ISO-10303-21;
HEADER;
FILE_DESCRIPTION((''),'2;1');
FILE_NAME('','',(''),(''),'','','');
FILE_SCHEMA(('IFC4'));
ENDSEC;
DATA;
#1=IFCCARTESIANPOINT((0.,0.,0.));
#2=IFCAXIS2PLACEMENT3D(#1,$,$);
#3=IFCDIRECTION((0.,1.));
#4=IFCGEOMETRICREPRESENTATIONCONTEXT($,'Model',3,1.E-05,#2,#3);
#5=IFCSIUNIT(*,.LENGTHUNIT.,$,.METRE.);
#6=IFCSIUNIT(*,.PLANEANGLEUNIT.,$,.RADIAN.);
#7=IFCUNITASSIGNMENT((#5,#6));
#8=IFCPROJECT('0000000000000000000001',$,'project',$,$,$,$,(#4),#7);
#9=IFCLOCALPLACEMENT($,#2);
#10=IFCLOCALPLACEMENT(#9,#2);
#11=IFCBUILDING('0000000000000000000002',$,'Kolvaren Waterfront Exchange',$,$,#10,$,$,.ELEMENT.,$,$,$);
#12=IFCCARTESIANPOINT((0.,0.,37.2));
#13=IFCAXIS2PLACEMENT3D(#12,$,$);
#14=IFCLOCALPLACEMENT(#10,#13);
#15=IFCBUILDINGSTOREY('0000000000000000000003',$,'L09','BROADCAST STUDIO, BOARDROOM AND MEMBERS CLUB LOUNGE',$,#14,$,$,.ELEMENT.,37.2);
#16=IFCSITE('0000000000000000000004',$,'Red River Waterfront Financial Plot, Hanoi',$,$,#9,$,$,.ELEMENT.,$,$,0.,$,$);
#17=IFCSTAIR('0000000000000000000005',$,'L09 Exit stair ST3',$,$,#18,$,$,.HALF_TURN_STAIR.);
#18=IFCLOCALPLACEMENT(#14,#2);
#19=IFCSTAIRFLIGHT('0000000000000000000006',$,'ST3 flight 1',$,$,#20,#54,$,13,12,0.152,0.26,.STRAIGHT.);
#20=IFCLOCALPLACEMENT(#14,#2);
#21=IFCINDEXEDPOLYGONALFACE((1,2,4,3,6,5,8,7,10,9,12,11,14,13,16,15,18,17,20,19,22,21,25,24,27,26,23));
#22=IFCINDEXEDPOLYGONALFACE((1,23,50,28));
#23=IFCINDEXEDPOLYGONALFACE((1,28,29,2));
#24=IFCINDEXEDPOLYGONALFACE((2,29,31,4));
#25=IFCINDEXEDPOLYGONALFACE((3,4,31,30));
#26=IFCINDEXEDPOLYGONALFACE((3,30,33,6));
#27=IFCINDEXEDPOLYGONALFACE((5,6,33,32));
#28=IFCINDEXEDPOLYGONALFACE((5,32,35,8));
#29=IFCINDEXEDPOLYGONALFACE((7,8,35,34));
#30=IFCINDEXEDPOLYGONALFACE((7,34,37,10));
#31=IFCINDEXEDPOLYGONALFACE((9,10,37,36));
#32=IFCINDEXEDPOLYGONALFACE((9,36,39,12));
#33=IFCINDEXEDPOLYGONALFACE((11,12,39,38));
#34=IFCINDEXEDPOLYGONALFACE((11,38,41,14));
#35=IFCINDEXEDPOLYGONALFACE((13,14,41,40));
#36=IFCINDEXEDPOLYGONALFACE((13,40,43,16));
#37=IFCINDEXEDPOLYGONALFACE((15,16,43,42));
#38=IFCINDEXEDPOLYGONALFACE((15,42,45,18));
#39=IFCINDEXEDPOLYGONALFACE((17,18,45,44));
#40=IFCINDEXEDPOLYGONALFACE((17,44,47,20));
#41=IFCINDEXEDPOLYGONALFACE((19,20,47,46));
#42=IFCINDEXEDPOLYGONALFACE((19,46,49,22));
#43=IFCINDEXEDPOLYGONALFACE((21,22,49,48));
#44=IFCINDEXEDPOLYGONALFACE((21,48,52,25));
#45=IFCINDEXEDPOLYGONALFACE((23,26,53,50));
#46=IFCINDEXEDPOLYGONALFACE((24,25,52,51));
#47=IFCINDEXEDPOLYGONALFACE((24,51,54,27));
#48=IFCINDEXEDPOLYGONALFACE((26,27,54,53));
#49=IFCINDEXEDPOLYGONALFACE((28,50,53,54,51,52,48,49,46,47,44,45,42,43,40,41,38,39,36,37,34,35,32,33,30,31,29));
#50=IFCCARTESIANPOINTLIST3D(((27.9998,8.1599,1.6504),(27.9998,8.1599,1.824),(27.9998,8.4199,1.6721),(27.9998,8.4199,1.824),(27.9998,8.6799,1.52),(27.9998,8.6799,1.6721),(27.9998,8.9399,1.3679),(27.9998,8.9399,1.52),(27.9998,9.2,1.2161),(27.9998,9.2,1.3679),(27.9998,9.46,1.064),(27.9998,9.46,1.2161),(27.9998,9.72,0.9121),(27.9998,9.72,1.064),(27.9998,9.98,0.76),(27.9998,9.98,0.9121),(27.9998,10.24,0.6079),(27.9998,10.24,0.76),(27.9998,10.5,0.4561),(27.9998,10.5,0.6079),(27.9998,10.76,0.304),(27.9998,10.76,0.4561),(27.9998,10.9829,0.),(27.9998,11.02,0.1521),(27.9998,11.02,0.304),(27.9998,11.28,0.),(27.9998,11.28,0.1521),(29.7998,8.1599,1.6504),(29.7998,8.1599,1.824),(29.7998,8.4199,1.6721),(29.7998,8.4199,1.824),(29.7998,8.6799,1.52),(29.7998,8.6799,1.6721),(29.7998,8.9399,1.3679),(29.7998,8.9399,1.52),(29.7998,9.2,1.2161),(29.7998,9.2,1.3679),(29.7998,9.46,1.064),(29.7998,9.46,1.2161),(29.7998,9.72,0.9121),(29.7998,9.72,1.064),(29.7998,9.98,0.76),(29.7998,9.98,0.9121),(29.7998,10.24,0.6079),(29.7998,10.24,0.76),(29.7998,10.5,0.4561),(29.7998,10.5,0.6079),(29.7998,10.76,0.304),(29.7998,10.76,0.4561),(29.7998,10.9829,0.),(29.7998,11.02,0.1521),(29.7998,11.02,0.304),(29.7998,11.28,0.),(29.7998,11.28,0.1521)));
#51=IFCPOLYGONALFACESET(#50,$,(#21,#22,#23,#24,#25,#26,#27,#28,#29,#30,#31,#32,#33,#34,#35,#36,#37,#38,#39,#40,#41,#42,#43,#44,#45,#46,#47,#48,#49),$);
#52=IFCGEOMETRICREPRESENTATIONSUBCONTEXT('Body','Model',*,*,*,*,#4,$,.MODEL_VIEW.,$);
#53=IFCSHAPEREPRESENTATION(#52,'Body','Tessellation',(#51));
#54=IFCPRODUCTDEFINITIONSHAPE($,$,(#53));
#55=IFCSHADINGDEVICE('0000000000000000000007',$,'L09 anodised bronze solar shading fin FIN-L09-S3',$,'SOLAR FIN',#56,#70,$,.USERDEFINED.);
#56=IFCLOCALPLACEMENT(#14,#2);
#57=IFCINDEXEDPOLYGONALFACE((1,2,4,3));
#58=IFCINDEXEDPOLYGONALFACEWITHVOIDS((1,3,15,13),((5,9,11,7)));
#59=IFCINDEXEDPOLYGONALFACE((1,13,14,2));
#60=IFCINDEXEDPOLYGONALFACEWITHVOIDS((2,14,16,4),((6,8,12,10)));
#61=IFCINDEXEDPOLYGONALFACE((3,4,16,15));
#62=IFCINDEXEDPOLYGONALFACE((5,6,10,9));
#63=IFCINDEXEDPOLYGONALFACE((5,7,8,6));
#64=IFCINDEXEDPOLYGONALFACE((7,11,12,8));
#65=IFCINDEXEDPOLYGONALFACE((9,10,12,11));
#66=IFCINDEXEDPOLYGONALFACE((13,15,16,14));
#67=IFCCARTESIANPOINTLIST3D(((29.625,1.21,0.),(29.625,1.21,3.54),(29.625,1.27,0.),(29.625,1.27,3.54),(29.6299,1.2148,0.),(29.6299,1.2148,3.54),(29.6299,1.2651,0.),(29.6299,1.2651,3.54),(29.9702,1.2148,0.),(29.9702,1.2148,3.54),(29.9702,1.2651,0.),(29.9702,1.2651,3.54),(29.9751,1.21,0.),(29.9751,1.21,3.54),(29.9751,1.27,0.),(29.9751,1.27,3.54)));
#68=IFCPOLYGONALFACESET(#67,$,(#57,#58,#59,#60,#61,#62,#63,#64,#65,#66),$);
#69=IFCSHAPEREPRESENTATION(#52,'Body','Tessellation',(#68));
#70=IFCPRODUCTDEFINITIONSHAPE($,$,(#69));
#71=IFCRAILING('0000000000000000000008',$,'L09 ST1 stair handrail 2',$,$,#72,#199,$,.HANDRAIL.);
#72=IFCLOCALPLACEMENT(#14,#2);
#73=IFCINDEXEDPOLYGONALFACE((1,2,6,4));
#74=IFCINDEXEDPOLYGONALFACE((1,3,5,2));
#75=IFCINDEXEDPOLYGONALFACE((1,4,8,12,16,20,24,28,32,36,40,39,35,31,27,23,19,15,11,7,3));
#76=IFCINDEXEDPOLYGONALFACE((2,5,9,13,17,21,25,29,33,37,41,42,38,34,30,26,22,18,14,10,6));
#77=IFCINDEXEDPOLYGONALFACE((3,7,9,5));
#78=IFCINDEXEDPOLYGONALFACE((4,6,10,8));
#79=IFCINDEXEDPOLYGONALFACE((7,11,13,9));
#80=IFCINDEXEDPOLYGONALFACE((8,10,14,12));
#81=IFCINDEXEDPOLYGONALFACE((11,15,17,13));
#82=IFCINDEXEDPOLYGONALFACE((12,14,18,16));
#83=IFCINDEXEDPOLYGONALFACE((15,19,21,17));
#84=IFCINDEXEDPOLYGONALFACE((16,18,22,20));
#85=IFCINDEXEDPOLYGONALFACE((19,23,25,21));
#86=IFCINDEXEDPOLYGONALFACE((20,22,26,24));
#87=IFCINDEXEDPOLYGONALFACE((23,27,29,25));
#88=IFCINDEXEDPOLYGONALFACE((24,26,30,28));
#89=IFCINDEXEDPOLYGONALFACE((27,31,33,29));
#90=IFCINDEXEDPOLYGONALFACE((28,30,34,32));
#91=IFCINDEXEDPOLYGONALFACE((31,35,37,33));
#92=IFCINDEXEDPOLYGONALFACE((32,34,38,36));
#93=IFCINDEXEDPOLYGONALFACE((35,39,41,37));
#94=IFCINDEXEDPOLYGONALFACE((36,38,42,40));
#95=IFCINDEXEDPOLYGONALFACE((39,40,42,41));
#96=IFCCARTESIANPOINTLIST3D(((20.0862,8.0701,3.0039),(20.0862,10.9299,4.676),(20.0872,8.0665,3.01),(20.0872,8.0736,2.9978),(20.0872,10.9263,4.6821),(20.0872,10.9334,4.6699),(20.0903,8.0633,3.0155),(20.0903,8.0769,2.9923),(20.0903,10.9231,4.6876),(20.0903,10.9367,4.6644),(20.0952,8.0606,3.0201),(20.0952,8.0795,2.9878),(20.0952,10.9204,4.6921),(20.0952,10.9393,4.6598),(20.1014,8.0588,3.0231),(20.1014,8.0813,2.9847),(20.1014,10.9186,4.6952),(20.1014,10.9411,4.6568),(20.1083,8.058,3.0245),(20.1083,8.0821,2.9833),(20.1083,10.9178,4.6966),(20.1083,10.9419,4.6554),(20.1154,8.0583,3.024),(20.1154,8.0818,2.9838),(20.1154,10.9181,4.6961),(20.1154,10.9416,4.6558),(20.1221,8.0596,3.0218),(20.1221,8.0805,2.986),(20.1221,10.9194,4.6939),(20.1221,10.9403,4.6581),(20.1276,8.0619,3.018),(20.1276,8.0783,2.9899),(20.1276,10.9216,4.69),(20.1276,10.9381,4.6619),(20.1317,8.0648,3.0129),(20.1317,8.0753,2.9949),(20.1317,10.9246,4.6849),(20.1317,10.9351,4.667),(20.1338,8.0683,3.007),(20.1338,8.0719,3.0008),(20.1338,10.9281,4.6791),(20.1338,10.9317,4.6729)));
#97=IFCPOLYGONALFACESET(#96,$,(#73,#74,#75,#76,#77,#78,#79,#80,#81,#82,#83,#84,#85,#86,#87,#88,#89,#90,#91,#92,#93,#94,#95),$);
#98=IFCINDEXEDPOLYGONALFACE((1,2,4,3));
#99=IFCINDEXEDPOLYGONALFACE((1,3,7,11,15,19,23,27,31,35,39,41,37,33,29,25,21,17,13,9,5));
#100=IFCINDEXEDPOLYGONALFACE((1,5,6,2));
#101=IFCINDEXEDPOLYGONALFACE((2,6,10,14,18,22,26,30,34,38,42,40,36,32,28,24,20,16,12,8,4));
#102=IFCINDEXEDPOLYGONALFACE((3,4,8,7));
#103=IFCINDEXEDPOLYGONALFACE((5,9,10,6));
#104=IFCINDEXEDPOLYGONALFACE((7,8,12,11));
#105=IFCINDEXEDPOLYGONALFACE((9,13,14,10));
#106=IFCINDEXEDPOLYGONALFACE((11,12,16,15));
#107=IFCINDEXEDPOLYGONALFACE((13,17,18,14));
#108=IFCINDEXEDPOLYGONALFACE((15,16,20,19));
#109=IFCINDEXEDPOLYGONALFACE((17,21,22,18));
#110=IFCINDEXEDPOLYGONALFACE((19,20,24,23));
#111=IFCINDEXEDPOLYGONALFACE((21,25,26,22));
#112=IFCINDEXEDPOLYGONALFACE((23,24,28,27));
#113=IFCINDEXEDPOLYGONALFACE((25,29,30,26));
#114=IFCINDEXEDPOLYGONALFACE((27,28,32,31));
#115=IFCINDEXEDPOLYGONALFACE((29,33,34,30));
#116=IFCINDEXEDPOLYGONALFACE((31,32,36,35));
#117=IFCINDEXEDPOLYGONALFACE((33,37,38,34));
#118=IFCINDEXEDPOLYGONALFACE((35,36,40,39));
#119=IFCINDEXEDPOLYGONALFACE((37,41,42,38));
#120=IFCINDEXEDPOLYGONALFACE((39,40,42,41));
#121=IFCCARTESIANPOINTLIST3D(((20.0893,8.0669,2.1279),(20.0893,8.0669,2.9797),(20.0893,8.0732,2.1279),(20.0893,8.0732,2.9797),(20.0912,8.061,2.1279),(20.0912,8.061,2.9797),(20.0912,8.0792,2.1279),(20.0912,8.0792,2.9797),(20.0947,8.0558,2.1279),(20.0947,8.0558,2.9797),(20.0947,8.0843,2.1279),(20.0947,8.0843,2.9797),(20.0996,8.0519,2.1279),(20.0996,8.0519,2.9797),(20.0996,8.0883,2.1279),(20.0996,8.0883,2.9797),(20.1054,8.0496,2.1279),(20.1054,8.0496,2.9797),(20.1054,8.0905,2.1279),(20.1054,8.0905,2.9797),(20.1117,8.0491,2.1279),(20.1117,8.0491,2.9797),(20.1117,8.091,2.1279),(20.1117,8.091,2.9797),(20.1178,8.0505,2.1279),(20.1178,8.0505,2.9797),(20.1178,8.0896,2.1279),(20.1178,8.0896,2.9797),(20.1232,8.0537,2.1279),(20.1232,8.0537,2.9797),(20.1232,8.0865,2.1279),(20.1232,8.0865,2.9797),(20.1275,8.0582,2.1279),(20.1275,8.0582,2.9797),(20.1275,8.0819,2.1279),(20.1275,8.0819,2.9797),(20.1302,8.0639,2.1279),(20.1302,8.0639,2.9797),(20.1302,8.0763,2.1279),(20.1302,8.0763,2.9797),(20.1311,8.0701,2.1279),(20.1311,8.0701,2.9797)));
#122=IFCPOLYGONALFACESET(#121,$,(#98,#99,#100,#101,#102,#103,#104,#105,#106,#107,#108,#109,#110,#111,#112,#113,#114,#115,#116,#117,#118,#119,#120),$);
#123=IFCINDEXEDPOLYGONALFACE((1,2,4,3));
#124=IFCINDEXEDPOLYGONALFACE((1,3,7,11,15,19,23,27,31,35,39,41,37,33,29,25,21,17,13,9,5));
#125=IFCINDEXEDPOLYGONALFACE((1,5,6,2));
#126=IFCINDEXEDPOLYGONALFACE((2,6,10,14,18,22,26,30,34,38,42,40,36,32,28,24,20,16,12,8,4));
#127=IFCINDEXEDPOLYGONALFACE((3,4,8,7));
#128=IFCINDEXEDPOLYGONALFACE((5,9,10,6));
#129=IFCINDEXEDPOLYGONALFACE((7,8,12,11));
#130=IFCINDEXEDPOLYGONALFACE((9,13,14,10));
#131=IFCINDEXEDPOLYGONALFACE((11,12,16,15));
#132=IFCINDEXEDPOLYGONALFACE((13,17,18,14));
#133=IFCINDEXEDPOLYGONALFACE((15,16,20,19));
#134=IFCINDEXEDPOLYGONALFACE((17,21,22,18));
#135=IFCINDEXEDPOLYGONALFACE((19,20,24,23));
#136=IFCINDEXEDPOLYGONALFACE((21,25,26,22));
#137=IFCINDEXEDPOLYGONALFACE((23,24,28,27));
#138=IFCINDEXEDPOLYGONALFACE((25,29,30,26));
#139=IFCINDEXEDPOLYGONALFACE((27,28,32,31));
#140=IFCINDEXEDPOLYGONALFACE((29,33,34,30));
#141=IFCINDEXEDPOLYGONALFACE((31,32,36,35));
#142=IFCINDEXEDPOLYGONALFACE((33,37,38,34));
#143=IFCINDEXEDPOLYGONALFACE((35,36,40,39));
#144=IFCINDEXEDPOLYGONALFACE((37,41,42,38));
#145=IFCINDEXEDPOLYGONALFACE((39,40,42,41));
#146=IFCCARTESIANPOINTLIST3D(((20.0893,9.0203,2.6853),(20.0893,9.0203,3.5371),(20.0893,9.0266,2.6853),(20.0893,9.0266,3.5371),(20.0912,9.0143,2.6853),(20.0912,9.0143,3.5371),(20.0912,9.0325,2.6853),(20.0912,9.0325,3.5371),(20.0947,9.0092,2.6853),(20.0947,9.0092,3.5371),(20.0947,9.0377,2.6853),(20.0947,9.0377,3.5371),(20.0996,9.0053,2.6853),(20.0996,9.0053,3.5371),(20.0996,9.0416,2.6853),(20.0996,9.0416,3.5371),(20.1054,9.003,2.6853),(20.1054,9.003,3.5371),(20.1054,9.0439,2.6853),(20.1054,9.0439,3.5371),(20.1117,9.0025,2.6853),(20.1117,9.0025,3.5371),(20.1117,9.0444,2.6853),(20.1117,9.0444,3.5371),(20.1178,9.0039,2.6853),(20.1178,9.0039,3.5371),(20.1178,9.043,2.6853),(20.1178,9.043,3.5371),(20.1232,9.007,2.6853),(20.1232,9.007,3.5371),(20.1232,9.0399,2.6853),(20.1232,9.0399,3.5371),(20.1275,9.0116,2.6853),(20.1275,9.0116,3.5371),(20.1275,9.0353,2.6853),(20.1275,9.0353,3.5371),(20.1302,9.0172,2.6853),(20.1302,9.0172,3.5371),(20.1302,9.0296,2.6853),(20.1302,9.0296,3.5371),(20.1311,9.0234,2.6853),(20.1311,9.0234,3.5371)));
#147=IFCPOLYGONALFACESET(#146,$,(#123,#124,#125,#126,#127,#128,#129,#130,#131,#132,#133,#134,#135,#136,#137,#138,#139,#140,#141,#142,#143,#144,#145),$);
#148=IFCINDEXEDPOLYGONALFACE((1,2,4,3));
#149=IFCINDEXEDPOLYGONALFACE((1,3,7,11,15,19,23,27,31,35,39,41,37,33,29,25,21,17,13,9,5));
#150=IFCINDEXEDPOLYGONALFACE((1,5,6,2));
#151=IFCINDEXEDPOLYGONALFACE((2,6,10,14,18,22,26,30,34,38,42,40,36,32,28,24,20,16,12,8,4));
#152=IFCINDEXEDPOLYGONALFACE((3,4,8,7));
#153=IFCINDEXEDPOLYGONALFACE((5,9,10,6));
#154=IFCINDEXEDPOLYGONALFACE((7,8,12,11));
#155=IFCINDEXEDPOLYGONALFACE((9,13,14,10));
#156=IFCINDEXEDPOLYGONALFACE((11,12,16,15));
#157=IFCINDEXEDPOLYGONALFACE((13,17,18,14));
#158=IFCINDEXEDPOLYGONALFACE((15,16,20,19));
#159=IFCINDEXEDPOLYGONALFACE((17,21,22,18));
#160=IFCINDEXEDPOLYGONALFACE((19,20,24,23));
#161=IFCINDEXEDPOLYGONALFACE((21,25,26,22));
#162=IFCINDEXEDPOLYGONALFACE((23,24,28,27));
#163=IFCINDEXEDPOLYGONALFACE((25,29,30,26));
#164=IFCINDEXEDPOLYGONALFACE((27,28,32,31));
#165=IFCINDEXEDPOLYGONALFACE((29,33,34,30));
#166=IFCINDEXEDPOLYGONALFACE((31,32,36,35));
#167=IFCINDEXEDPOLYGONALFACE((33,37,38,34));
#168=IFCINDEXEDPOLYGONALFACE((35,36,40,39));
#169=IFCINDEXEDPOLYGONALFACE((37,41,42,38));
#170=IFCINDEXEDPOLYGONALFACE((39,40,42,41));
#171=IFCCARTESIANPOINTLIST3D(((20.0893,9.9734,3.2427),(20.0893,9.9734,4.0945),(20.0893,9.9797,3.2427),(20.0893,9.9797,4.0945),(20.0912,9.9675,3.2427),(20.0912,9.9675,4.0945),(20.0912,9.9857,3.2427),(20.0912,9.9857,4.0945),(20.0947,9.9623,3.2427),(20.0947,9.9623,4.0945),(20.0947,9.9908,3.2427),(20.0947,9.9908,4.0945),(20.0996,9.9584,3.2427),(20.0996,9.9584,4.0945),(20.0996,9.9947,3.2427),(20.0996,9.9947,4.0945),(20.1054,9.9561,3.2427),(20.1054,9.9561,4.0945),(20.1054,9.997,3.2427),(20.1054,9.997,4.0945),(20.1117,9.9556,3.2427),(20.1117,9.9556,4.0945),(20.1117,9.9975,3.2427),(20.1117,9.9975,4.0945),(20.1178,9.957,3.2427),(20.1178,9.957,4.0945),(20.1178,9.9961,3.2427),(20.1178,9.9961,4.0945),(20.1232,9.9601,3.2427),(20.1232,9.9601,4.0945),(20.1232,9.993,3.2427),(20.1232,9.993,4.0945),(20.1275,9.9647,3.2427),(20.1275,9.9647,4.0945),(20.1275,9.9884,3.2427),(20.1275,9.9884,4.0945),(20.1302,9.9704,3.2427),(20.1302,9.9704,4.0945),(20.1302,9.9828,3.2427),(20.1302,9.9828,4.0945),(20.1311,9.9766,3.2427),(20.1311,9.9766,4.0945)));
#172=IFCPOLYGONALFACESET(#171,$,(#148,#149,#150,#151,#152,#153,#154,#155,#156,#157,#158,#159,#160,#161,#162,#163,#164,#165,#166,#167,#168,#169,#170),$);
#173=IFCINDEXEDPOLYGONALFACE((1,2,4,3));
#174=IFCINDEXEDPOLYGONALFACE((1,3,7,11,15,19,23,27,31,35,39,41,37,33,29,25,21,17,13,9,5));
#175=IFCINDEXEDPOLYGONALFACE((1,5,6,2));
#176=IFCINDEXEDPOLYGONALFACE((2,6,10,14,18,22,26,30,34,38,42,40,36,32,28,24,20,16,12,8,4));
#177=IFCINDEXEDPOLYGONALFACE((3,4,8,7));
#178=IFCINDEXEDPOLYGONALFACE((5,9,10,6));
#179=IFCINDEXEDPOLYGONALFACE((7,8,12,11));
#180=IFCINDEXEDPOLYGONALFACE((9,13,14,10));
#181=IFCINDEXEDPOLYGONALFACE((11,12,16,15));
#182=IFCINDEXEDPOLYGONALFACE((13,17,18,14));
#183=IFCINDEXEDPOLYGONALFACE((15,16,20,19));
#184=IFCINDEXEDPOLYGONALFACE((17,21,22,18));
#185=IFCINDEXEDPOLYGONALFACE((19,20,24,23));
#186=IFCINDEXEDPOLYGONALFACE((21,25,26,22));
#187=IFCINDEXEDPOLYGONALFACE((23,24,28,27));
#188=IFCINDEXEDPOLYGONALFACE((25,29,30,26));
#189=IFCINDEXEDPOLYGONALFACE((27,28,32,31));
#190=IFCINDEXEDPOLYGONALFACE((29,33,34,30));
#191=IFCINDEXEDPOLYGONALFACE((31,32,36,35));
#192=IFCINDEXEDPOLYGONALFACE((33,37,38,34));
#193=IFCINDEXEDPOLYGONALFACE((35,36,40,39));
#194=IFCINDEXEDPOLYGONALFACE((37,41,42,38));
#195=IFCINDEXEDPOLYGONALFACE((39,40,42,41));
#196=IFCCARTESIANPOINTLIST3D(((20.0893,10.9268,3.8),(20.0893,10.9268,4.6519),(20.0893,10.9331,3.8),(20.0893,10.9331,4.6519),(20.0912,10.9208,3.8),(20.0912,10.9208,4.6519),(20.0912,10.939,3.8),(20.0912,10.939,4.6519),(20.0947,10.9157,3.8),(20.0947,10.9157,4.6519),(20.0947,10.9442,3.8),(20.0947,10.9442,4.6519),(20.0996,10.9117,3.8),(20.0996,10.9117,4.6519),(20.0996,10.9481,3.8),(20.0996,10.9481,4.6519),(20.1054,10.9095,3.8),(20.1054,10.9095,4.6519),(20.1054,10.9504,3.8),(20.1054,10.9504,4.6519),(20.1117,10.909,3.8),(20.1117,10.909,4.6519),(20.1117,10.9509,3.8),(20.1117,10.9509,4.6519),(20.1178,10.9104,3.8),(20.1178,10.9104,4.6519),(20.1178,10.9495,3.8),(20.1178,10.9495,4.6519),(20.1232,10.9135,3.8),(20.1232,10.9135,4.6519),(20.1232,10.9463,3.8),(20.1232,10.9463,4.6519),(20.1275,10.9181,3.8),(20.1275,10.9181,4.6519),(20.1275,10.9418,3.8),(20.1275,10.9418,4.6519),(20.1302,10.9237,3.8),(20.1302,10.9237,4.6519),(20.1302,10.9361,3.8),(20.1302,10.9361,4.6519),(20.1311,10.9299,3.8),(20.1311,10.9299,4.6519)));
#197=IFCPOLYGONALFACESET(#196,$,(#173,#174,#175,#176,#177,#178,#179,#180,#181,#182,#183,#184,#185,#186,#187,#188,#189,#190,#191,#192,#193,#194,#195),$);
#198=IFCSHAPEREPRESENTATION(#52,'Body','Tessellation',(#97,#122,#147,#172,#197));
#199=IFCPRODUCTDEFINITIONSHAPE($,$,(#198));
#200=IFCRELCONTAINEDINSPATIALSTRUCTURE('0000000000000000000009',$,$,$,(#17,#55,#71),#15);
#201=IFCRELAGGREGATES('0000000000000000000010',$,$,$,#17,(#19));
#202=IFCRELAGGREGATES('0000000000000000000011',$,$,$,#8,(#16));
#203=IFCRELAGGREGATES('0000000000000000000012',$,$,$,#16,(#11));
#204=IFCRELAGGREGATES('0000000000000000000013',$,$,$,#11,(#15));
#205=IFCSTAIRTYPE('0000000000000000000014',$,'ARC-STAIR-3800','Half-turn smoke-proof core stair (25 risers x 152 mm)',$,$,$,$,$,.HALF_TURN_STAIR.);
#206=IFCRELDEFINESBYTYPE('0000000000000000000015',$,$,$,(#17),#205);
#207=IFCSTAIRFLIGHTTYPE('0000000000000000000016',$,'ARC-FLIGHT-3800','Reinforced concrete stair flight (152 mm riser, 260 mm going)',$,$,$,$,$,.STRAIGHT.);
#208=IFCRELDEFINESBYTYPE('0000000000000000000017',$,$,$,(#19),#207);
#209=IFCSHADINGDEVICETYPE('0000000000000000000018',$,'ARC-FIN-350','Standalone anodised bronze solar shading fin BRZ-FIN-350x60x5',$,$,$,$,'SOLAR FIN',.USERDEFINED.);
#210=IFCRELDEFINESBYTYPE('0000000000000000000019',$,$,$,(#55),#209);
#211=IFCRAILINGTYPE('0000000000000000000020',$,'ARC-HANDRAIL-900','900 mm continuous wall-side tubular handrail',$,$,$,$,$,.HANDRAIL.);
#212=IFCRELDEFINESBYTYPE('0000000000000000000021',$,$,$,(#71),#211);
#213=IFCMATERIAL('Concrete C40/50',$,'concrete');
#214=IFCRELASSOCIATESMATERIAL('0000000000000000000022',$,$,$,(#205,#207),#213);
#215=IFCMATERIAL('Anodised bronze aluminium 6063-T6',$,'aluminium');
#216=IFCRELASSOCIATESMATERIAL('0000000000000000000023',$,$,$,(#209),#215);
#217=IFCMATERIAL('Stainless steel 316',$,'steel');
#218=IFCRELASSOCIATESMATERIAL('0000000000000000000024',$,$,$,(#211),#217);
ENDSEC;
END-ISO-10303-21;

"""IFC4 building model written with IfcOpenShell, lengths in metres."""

from ifc_helpers import new_model, si_unit, direction, frame, origin, origin_2d, place, context, subcontext, project, spatial, polyline, hollow_rectangle, circle, outline, extrude, material, material_profile, profile_set, type_object, element, aggregate, save


model = new_model("IFC4")

# Units and contexts
model_context = context("Model", 3, precision=1e-05, world=origin(), true_north=direction((0.0, 1.0)))
body_context = subcontext(model_context, "Body", "Model", "MODEL_VIEW")
ifc_project = project(units=[si_unit("LENGTHUNIT", "METRE"), si_unit("PLANEANGLEUNIT", "RADIAN")], contexts=[model_context])

# Site, building, storey
site_placement = place(None, origin())
site = spatial("IfcSite", under=ifc_project, at=site_placement, Name="Red River Waterfront Financial Plot, Hanoi", CompositionType="ELEMENT", RefElevation=0.0)
building_placement = place(site_placement, origin())
building = spatial("IfcBuilding", under=site, at=building_placement, Name="Kolvaren Waterfront Exchange", CompositionType="ELEMENT")
storey_placement = place(building_placement, frame((0.0, 0.0, 37.2)))
storey = spatial("IfcBuildingStorey", under=building, at=storey_placement, Name="L09", Description="BROADCAST STUDIO, BOARDROOM AND MEMBERS CLUB LOUNGE", CompositionType="ELEMENT", Elevation=37.2)

# Shared definitions
ifc_material_1 = material(Name="Anodised bronze aluminium 6063-T6", Category="aluminium")

# Shared definitions
ifc_material_2 = material(Name="Concrete C40/50", Category="concrete")

# Stair, stair flight
stair_type = type_object("IfcStairType", Name="ARC-STAIR-3800", Description="Half-turn smoke-proof core stair (25 risers x 152 mm)", PredefinedType="HALF_TURN_STAIR", material=ifc_material_2)
stair_flight_type = type_object("IfcStairFlightType", Name="ARC-FLIGHT-3800", Description="Reinforced concrete stair flight (152 mm riser, 260 mm going)", PredefinedType="STRAIGHT", material=ifc_material_2)
stair_1_placement = place(storey_placement, origin())
stair_1 = element("IfcStair", 1, at=stair_1_placement, inside=storey, type_object=stair_type, Name="L09 Exit stair ST3", PredefinedType="HALF_TURN_STAIR")
stair_flight_1_placement = place(storey_placement, frame((28.8999, 11.28, 0.0), z_axis=(0.0, 0.0, 1.0), x_axis=(0.0, -1.0, 0.0)))
stair_flight_1 = element("IfcStairFlight", 2, at=stair_flight_1_placement, type_object=stair_flight_type, Name="ST3 flight 1", NumberOfRisers=13, NumberOfTreads=12, PredefinedType="STRAIGHT", RiserHeight=0.152, TreadLength=0.26, context=body_context, shape_type="SweptSolid", body=[
    extrude(outline(polyline([(0.0, 0.0), (0.0, 0.1521), (0.26, 0.1521), (0.26, 0.304), (0.52, 0.304), (0.52, 0.4561), (0.78, 0.4561), (0.78, 0.6079), (1.04, 0.6079), (1.04, 0.76), (1.3, 0.76), (1.3, 0.9121), (1.5601, 0.9121), (1.5601, 1.064), (1.8201, 1.064), (1.8201, 1.2161), (2.0801, 1.2161), (2.0801, 1.3679), (2.3401, 1.3679), (2.3401, 1.52), (2.6001, 1.52), (2.6001, 1.6721), (2.8601, 1.6721), (2.8601, 1.824), (3.1201, 1.824), (3.1201, 1.9761), (3.1201, 1.6504), (0.2971, 0.0), (0.0, 0.0)])), frame((0.0, 0.8999, 0.0), z_axis=(0.0, -1.0, 0.0), x_axis=(1.0, 0.0, 0.0)), (0.0, 0.0, 1.0), 1.8),
])
aggregate(stair_1, [stair_flight_1])

# Shading device
ifc_material_profile_1 = material_profile(ifc_material_1, hollow_rectangle(XDim=0.0601, YDim=0.3501, WallThickness=0.0049, at=origin_2d()), Name="BRZ-FIN-350x60x5")
ifc_profile_set_1 = profile_set([ifc_material_profile_1], Name="Anodised bronze aluminium 6063-T6")
shading_device_type = type_object("IfcShadingDeviceType", Name="ARC-FIN-350", Description="Standalone anodised bronze solar shading fin BRZ-FIN-350x60x5", ElementType="SOLAR FIN", PredefinedType="USERDEFINED", material=ifc_profile_set_1)
shading_device_placement = place(storey_placement, frame((29.8, 1.24, 0.0), z_axis=(0.0, 0.0, 1.0), x_axis=(0.0, -1.0, 0.0)))
element("IfcShadingDevice", 3, at=shading_device_placement, inside=storey, type_object=shading_device_type, Name="L09 anodised bronze solar shading fin FIN-L09-S3", ObjectType="SOLAR FIN", PredefinedType="USERDEFINED", context=body_context, shape_type="SweptSolid", body=[
    extrude(hollow_rectangle(XDim=0.0601, YDim=0.3501, WallThickness=0.0049, at=origin_2d()), origin(), (0.0, 0.0, 1.0), 3.54),
])

# Railing
ifc_material_3 = material(Name="Stainless steel 316", Category="steel")
railing_type = type_object("IfcRailingType", Name="ARC-HANDRAIL-900", Description="900 mm continuous wall-side tubular handrail", PredefinedType="HANDRAIL", material=ifc_material_3)
railing_1_placement = place(storey_placement, frame((20.1101, 8.0701, 2.1279)))
element("IfcRailing", 4, at=railing_1_placement, inside=storey, type_object=railing_type, Name="L09 ST1 stair handrail 2", PredefinedType="HANDRAIL", context=body_context, shape_type="SweptSolid", body=[
    extrude(circle(Radius=0.0239, at=origin_2d()), frame((0.0, 0.0, 0.876), z_axis=(0.0, 0.863271, 0.504741), x_axis=(-1.0, 0.0, 0.0)), (0.0, 0.0, 1.0), 3.3127),
    extrude(circle(Radius=0.021, at=origin_2d()), origin(), (0.0, 0.0, 1.0), 0.8518),
    extrude(circle(Radius=0.021, at=origin_2d()), frame((0.0, 0.9534, 0.5574)), (0.0, 0.0, 1.0), 0.8518),
    extrude(circle(Radius=0.021, at=origin_2d()), frame((0.0, 1.9065, 1.1147)), (0.0, 0.0, 1.0), 0.8518),
    extrude(circle(Radius=0.021, at=origin_2d()), frame((0.0, 2.8599, 1.6721)), (0.0, 0.0, 1.0), 0.8518),
])

save(model, "model.ifc")
